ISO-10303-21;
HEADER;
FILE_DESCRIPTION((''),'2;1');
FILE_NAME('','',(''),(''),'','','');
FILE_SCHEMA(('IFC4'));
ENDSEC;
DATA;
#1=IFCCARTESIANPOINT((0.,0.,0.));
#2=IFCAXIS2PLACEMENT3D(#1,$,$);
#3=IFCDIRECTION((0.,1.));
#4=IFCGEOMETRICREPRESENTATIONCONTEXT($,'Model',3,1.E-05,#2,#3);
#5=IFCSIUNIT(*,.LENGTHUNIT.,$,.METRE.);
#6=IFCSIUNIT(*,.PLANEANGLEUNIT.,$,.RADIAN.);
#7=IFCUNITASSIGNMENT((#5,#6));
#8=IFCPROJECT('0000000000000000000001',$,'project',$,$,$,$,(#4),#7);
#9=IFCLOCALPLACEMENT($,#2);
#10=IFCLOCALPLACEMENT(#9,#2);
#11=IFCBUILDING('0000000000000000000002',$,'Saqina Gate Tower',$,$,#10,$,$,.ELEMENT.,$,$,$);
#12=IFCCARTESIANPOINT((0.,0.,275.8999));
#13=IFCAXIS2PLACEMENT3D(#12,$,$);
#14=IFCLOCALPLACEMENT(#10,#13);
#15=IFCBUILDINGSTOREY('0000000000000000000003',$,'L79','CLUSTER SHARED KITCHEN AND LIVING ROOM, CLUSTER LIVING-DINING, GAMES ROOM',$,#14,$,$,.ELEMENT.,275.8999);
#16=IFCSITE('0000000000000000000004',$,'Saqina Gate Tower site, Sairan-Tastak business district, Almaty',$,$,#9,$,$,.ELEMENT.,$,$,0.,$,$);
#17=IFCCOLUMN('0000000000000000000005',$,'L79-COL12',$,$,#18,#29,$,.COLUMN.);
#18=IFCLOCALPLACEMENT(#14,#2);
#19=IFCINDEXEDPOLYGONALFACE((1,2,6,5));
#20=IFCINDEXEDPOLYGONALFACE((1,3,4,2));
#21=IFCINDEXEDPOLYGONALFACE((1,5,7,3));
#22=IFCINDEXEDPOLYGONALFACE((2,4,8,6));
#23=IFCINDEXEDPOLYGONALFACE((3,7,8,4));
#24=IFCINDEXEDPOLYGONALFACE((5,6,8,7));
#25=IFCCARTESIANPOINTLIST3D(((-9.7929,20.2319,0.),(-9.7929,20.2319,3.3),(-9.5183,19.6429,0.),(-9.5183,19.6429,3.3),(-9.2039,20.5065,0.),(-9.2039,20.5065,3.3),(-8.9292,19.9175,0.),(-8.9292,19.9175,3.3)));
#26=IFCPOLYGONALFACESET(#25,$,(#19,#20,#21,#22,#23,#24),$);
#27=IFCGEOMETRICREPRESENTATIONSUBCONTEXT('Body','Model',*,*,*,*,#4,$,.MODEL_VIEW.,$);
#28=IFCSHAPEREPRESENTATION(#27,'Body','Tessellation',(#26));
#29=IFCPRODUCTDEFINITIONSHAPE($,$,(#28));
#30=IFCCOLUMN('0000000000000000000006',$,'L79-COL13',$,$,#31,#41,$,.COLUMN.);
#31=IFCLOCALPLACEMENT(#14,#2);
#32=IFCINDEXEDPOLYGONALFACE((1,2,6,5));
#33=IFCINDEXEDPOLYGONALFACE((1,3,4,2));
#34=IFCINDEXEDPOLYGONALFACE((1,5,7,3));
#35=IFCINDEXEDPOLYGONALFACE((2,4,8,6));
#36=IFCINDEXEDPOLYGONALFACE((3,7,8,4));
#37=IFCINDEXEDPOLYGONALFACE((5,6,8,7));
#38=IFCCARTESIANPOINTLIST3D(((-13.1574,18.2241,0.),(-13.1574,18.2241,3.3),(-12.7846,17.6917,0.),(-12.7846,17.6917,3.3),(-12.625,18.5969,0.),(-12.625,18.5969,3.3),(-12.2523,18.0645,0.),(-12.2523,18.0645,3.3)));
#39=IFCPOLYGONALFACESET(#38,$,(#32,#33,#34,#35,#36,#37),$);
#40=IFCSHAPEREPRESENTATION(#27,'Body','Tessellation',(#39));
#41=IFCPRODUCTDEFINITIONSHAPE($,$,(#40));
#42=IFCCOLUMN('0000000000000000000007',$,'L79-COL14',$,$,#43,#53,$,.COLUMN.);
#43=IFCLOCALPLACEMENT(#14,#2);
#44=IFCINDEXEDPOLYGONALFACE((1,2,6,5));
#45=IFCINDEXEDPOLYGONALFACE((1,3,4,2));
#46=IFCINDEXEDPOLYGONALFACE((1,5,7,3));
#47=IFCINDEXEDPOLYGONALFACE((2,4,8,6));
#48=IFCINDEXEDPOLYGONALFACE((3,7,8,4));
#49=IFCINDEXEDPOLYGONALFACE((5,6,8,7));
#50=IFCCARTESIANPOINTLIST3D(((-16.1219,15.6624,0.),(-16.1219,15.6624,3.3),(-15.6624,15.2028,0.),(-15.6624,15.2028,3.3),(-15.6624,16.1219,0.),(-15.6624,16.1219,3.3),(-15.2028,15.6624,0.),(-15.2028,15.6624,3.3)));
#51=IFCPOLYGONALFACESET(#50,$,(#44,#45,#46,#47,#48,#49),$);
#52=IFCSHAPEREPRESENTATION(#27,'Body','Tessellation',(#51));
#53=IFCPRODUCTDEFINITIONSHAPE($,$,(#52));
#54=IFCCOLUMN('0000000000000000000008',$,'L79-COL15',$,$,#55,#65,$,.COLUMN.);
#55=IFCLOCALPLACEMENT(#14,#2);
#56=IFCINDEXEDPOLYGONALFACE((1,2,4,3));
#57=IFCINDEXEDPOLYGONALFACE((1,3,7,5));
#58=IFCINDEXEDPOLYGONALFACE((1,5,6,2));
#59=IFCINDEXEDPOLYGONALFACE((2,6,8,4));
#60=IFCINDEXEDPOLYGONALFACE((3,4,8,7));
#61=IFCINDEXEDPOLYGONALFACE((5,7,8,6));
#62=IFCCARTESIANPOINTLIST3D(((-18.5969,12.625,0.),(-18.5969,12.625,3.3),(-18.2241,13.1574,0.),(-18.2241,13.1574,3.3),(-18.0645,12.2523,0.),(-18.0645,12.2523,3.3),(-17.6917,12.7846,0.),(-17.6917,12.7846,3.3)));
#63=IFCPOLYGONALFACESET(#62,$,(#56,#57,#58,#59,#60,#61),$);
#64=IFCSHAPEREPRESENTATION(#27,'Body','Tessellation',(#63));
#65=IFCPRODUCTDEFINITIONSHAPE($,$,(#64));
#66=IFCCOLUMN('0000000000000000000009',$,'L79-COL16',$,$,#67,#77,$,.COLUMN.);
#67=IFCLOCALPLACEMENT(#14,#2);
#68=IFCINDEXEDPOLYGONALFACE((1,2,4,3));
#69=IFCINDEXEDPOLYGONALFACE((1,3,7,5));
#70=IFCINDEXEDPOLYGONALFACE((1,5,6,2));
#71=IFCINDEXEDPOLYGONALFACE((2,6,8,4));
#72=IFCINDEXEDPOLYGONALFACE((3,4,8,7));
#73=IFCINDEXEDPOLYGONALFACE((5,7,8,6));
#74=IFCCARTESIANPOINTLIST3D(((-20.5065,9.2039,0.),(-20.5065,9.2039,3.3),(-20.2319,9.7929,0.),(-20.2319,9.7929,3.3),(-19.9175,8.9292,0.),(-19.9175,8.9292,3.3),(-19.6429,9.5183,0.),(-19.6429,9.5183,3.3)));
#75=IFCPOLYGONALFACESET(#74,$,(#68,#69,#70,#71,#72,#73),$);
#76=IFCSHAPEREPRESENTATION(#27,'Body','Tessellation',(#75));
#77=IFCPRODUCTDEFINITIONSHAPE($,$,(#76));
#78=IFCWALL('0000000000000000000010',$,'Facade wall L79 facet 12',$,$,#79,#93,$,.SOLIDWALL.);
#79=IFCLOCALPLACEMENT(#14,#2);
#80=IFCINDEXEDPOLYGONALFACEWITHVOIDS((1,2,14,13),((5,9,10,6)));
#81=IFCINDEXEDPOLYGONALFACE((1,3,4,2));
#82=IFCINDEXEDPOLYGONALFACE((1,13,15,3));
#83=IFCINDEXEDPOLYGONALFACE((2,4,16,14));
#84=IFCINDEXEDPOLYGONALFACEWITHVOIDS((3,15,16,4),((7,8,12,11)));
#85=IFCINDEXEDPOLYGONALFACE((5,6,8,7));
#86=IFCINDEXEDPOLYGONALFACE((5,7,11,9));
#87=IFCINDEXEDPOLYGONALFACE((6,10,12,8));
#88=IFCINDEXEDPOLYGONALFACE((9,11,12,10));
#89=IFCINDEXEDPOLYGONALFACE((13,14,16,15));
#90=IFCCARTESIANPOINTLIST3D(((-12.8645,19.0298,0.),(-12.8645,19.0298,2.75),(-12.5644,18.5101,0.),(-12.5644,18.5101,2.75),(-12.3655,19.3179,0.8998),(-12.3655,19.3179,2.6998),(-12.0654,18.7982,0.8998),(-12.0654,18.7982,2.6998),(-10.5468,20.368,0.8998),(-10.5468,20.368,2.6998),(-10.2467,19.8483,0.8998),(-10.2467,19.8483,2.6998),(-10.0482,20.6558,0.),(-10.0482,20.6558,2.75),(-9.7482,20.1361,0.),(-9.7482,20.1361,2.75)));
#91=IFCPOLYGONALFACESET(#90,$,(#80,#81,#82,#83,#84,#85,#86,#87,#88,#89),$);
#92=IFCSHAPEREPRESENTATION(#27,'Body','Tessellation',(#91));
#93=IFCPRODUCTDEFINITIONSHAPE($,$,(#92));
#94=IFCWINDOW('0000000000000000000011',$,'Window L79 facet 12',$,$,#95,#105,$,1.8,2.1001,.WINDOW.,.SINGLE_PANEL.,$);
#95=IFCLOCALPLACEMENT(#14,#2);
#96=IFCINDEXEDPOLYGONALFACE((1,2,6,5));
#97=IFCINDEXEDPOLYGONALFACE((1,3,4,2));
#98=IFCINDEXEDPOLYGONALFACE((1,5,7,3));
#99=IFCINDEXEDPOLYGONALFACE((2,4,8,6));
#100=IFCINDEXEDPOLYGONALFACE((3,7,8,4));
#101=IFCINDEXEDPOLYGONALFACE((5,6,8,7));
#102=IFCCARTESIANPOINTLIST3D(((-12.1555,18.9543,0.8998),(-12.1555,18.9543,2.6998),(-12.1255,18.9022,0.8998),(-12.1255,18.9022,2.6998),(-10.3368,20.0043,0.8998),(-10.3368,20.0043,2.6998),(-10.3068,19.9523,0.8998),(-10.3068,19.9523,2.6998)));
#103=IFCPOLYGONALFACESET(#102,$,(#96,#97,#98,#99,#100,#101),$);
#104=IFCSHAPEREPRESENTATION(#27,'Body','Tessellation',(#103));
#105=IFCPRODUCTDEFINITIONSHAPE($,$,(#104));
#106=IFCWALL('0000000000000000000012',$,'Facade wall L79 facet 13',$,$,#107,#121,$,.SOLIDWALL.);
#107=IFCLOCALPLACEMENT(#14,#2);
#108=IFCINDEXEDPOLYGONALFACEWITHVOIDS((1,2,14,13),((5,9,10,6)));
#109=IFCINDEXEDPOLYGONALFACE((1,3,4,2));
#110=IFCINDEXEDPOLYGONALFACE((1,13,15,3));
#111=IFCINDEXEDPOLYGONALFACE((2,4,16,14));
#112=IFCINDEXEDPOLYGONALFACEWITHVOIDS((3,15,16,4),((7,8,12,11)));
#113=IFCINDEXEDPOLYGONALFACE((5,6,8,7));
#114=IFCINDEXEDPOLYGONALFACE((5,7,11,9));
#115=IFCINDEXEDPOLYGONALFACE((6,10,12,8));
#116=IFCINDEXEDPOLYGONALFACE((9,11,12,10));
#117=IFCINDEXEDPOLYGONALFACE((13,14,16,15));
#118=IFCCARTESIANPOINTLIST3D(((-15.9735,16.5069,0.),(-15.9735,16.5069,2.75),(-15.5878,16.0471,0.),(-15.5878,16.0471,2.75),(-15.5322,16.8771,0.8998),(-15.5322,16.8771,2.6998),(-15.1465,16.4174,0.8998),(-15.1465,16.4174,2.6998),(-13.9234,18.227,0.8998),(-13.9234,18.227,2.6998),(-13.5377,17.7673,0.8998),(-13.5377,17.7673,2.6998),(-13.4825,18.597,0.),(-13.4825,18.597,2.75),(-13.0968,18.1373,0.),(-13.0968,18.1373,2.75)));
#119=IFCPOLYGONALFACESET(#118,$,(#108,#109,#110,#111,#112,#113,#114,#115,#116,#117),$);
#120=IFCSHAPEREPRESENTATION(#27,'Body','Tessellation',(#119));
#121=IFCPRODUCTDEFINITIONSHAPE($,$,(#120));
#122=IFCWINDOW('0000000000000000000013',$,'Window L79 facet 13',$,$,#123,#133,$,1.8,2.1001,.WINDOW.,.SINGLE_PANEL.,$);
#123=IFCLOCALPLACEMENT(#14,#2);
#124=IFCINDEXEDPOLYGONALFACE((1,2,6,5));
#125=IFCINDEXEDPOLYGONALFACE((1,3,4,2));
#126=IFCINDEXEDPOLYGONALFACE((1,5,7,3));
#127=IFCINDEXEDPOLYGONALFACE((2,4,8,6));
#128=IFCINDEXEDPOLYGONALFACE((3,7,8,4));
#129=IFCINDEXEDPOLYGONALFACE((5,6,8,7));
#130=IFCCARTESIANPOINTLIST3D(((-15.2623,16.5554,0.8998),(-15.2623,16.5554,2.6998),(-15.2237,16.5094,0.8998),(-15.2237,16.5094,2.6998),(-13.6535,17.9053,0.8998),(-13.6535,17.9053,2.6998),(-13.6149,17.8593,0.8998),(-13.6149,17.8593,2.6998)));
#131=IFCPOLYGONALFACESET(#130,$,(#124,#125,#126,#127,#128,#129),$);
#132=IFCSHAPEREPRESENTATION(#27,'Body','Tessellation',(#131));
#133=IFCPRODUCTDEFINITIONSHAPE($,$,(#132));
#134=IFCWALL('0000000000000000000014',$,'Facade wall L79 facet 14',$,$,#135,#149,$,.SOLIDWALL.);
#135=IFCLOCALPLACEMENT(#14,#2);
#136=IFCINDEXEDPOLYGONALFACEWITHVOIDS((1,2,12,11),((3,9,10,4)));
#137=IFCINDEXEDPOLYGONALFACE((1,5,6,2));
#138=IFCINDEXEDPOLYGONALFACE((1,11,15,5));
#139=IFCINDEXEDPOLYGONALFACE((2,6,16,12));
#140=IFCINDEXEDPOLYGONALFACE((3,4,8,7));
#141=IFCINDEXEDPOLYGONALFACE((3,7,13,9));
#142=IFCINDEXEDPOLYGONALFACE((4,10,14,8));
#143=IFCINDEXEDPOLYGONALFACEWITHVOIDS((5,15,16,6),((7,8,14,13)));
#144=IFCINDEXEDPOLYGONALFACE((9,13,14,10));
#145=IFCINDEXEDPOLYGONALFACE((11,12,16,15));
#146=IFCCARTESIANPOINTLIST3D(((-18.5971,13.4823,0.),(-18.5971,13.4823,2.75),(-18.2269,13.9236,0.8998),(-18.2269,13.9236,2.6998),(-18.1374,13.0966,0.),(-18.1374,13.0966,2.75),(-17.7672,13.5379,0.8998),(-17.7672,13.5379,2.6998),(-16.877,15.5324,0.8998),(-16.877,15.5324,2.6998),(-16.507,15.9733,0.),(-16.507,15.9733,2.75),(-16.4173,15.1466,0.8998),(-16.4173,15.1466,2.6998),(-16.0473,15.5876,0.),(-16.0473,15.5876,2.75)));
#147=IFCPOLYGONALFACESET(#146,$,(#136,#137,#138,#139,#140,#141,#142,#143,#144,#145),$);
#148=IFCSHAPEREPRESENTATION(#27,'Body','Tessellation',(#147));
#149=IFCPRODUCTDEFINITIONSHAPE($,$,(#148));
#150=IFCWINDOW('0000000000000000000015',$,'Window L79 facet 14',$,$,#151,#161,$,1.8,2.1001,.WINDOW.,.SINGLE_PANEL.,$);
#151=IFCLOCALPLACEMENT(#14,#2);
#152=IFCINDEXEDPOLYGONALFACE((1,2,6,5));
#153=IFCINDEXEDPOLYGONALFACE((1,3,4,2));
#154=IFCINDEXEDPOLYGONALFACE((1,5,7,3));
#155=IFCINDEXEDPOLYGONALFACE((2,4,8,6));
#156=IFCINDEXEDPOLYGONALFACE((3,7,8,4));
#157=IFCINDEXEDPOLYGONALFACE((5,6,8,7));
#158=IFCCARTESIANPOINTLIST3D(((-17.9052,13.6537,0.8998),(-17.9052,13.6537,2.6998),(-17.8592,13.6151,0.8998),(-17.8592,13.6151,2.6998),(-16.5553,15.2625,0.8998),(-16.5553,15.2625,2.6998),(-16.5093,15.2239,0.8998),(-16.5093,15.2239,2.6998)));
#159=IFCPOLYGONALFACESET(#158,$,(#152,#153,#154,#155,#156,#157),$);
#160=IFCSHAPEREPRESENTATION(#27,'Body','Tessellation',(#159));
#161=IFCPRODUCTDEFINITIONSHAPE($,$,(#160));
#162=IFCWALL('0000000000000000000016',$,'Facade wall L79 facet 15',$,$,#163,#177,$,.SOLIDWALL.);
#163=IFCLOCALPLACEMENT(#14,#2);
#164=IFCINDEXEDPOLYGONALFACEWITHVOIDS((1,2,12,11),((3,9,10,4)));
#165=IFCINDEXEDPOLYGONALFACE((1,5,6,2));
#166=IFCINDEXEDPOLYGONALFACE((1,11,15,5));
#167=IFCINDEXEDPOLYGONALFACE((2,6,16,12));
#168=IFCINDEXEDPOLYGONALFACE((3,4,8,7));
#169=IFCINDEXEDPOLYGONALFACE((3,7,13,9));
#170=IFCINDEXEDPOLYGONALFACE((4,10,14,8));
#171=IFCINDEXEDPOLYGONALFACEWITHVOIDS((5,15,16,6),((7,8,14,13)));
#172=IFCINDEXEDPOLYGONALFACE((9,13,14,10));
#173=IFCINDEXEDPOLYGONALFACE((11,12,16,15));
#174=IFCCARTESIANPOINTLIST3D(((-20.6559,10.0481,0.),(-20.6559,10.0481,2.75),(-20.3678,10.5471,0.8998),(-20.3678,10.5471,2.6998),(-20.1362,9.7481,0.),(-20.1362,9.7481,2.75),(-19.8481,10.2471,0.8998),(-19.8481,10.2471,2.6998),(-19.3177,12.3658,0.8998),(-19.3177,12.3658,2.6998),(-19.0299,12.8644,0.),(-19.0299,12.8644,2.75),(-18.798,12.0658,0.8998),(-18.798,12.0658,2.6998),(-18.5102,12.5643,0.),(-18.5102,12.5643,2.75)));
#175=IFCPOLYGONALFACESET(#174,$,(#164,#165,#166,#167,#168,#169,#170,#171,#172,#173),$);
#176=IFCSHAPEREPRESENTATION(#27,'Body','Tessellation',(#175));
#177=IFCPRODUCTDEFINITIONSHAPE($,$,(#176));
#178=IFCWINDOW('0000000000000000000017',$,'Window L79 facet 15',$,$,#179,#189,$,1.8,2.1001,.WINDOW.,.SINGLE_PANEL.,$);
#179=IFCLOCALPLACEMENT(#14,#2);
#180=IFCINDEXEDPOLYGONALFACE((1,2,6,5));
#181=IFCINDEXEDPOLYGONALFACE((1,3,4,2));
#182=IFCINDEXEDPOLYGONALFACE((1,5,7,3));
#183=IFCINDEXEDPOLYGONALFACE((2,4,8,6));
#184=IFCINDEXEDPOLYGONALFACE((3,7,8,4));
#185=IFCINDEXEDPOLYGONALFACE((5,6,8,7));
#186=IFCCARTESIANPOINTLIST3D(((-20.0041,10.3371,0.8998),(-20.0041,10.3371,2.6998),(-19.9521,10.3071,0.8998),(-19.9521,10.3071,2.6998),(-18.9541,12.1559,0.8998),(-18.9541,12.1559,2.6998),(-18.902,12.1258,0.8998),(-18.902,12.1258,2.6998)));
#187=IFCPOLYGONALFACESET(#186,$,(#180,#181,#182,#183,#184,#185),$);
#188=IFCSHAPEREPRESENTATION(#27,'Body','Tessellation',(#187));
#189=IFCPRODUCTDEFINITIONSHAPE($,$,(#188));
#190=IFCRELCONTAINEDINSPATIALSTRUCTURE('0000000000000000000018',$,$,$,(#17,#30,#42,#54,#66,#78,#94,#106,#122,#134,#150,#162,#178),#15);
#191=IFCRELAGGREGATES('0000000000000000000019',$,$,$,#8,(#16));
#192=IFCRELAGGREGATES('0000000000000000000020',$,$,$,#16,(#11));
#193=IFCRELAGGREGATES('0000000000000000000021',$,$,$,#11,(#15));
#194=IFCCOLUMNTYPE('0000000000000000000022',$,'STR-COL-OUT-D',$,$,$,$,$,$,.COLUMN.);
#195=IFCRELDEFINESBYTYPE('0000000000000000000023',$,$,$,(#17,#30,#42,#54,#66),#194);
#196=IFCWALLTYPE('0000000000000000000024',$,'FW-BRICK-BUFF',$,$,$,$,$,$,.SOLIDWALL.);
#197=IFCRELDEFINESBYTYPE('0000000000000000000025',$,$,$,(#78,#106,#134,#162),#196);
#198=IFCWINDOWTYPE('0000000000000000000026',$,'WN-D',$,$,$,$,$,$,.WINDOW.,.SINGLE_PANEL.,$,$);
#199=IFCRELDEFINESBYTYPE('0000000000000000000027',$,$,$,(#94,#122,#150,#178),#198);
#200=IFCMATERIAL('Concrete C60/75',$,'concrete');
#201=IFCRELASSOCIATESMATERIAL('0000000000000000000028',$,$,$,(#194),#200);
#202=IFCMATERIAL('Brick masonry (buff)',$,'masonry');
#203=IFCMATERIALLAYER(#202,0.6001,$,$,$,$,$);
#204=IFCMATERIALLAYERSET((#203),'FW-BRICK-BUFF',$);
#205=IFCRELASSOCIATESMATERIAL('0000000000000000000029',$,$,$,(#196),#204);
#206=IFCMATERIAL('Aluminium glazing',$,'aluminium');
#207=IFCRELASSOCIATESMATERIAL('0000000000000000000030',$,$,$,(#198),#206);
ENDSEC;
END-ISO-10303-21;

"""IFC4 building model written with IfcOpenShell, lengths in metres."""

from ifc_helpers import new_model, si_unit, direction, frame, frame_2d, origin, origin_2d, place, context, subcontext, project, spatial, rectangle, extrude, material, layer, layer_set, material_profile, profile_set, type_object, element, fill, save


model = new_model("IFC4")

# Units and contexts
model_context = context("Model", 3, precision=1e-05, world=origin(), true_north=direction((0.0, 1.0)))
body_context = subcontext(model_context, "Body", "Model", "MODEL_VIEW")
ifc_project = project(units=[si_unit("LENGTHUNIT", "METRE"), si_unit("PLANEANGLEUNIT", "RADIAN")], contexts=[model_context])

# Site, building, storey
site_placement = place(None, origin())
site = spatial("IfcSite", under=ifc_project, at=site_placement, Name="Saqina Gate Tower site, Sairan-Tastak business district, Almaty", CompositionType="ELEMENT", RefElevation=0.0)
building_placement = place(site_placement, origin())
building = spatial("IfcBuilding", under=site, at=building_placement, Name="Saqina Gate Tower", CompositionType="ELEMENT")
storey_placement = place(building_placement, frame((0.0, 0.0, 275.8999)))
storey = spatial("IfcBuildingStorey", under=building, at=storey_placement, Name="L79", Description="CLUSTER SHARED KITCHEN AND LIVING ROOM, CLUSTER LIVING-DINING, GAMES ROOM", CompositionType="ELEMENT", Elevation=275.8999)

# Columns
ifc_material_1 = material(Name="Concrete C60/75", Category="concrete")
ifc_material_profile = material_profile(ifc_material_1, rectangle(XDim=0.6499, YDim=0.6499, at=origin_2d()), Name="RC 650x650")
ifc_profile_set = profile_set([ifc_material_profile], Name="Concrete C60/75")
column_type = type_object("IfcColumnType", Name="STR-COL-OUT-D", PredefinedType="COLUMN", material=ifc_profile_set)
for number, where, z_axis, x_axis, name in (
    (1, (-9.3611, 20.0747, 0.0), (0.0, 0.0, 1.0), (-0.422618, 0.906308, 0.0), "L79-COL12"),
    (2, (-12.7048, 18.1443, 0.0), (0.0, 0.0, 1.0), (-0.573576, 0.819152, 0.0), "L79-COL13"),
    (3, (-15.6624, 15.6624, 0.0), (0.0, 0.0, 1.0), (-0.707107, 0.707107, 0.0), "L79-COL14"),
    (4, (-18.1443, 12.7048, 0.0), (0.0, 0.0, 1.0), (-0.819152, 0.573576, 0.0), "L79-COL15"),
    (5, (-20.0747, 9.3611, 0.0), (0.0, 0.0, 1.0), (-0.906308, 0.422618, 0.0), "L79-COL16"),
):
    element("IfcColumn", number, at=place(storey_placement, frame(where, z_axis=z_axis, x_axis=x_axis)), inside=storey, type_object=column_type, Name=name, PredefinedType="COLUMN", context=body_context, shape_type="SweptSolid", body=[
        extrude(rectangle(XDim=0.6499, YDim=0.6499, at=origin_2d()), origin(), (0.0, 0.0, 1.0), 3.3),
    ])

# Walls, openings, windows
ifc_material_2 = material(Name="Brick masonry (buff)", Category="masonry")
ifc_layer_1 = layer(ifc_material_2, 0.6001)
ifc_layer_set_1 = layer_set([ifc_layer_1], Name="FW-BRICK-BUFF")
wall_type_1 = type_object("IfcWallType", Name="FW-BRICK-BUFF", PredefinedType="SOLIDWALL", material=ifc_layer_set_1)
wall_1_placement = place(storey_placement, frame((-9.8982, 20.396, 0.0), z_axis=(0.0, 0.0, 1.0), x_axis=(-0.866017, -0.500015, 0.0)))
wall_1 = element("IfcWall", 6, at=wall_1_placement, inside=storey, type_object=wall_type_1, Name="Facade wall L79 facet 12", PredefinedType="SOLIDWALL", context=body_context, shape_type="SweptSolid", body=[
    extrude(rectangle(XDim=3.252, YDim=0.6001, at=frame_2d((1.626, 0.0))), origin(), (0.0, 0.0, 1.0), 2.75),
])
opening_1_placement = place(wall_1_placement, frame((0.5757, 0.0, 0.8999)))
opening_1 = element("IfcOpeningElement", 7, at=opening_1_placement, cuts=wall_1, PredefinedType="OPENING", context=body_context, shape_type="SweptSolid", body=[
    extrude(rectangle(XDim=2.1001, YDim=1.8, at=frame_2d((1.05, 0.8999))), frame((0.0, 0.312, 0.0), z_axis=(0.0, -1.0, 0.0), x_axis=(1.0, 0.0, 0.0)), (0.0, 0.0, 1.0), 0.624),
])
ifc_material_3 = material(Name="Aluminium glazing", Category="aluminium")
window_type = type_object("IfcWindowType", Name="WN-D", PartitioningType="SINGLE_PANEL", PredefinedType="WINDOW", material=ifc_material_3)
window_1_placement = place(opening_1_placement, origin())
window_1 = element("IfcWindow", 8, at=window_1_placement, inside=storey, type_object=window_type, Name="Window L79 facet 12", OverallHeight=1.8, OverallWidth=2.1001, PartitioningType="SINGLE_PANEL", PredefinedType="WINDOW", context=body_context, shape_type="SweptSolid", body=[
    extrude(rectangle(XDim=2.1001, YDim=1.8, at=frame_2d((1.05, 0.8999))), frame((0.0, 0.1799, 0.0), z_axis=(0.0, -1.0, 0.0), x_axis=(1.0, 0.0, 0.0)), (0.0, 0.0, 1.0), 0.0601),
])
fill(opening_1, window_1)
wall_2_placement = place(storey_placement, frame((-13.2896, 18.3672, 0.0), z_axis=(0.0, 0.0, 1.0), x_axis=(-0.766057, -0.642773, 0.0)))
wall_2 = element("IfcWall", 9, at=wall_2_placement, inside=storey, type_object=wall_type_1, Name="Facade wall L79 facet 13", PredefinedType="SOLIDWALL", context=body_context, shape_type="SweptSolid", body=[
    extrude(rectangle(XDim=3.2517, YDim=0.6001, at=frame_2d((1.626, 0.0))), origin(), (0.0, 0.0, 1.0), 2.75),
])
opening_2_placement = place(wall_2_placement, frame((0.5757, 0.0, 0.8999)))
opening_2 = element("IfcOpeningElement", 10, at=opening_2_placement, cuts=wall_2, PredefinedType="OPENING", context=body_context, shape_type="SweptSolid", body=[
    extrude(rectangle(XDim=2.1001, YDim=1.8, at=frame_2d((1.05, 0.8999))), frame((0.0, 0.312, 0.0), z_axis=(0.0, -1.0, 0.0), x_axis=(1.0, 0.0, 0.0)), (0.0, 0.0, 1.0), 0.624),
])
window_2_placement = place(opening_2_placement, origin())
window_2 = element("IfcWindow", 11, at=window_2_placement, inside=storey, type_object=window_type, Name="Window L79 facet 13", OverallHeight=1.8, OverallWidth=2.1001, PartitioningType="SINGLE_PANEL", PredefinedType="WINDOW", context=body_context, shape_type="SweptSolid", body=[
    extrude(rectangle(XDim=2.1001, YDim=1.8, at=frame_2d((1.05, 0.8999))), frame((0.0, 0.1799, 0.0), z_axis=(0.0, -1.0, 0.0), x_axis=(1.0, 0.0, 0.0)), (0.0, 0.0, 1.0), 0.0601),
])
fill(opening_2, window_2)
wall_3_placement = place(storey_placement, frame((-16.2771, 15.7805, 0.0), z_axis=(0.0, 0.0, 1.0), x_axis=(-0.642773, -0.766057, 0.0)))
wall_3 = element("IfcWall", 12, at=wall_3_placement, inside=storey, type_object=wall_type_1, Name="Facade wall L79 facet 14", PredefinedType="SOLIDWALL", context=body_context, shape_type="SweptSolid", body=[
    extrude(rectangle(XDim=3.2517, YDim=0.6001, at=frame_2d((1.626, 0.0))), origin(), (0.0, 0.0, 1.0), 2.75),
])
opening_3_placement = place(wall_3_placement, frame((0.5757, 0.0, 0.8999)))
opening_3 = element("IfcOpeningElement", 13, at=opening_3_placement, cuts=wall_3, PredefinedType="OPENING", context=body_context, shape_type="SweptSolid", body=[
    extrude(rectangle(XDim=2.1001, YDim=1.8, at=frame_2d((1.05, 0.8999))), frame((0.0, 0.312, 0.0), z_axis=(0.0, -1.0, 0.0), x_axis=(1.0, 0.0, 0.0)), (0.0, 0.0, 1.0), 0.624),
])
window_3_placement = place(opening_3_placement, origin())
window_3 = element("IfcWindow", 14, at=window_3_placement, inside=storey, type_object=window_type, Name="Window L79 facet 14", OverallHeight=1.8, OverallWidth=2.1001, PartitioningType="SINGLE_PANEL", PredefinedType="WINDOW", context=body_context, shape_type="SweptSolid", body=[
    extrude(rectangle(XDim=2.1001, YDim=1.8, at=frame_2d((1.05, 0.8999))), frame((0.0, 0.1799, 0.0), z_axis=(0.0, -1.0, 0.0), x_axis=(1.0, 0.0, 0.0)), (0.0, 0.0, 1.0), 0.0601),
])
fill(opening_3, window_3)
wall_4_placement = place(storey_placement, frame((-18.77, 12.7144, 0.0), z_axis=(0.0, 0.0, 1.0), x_axis=(-0.500015, -0.866017, 0.0)))
wall_4 = element("IfcWall", 15, at=wall_4_placement, inside=storey, type_object=wall_type_1, Name="Facade wall L79 facet 15", PredefinedType="SOLIDWALL", context=body_context, shape_type="SweptSolid", body=[
    extrude(rectangle(XDim=3.252, YDim=0.6001, at=frame_2d((1.626, 0.0))), origin(), (0.0, 0.0, 1.0), 2.75),
])
opening_4_placement = place(wall_4_placement, frame((0.5757, 0.0, 0.8999)))
opening_4 = element("IfcOpeningElement", 16, at=opening_4_placement, cuts=wall_4, PredefinedType="OPENING", context=body_context, shape_type="SweptSolid", body=[
    extrude(rectangle(XDim=2.1001, YDim=1.8, at=frame_2d((1.05, 0.8999))), frame((0.0, 0.312, 0.0), z_axis=(0.0, -1.0, 0.0), x_axis=(1.0, 0.0, 0.0)), (0.0, 0.0, 1.0), 0.624),
])
window_4_placement = place(opening_4_placement, origin())
window_4 = element("IfcWindow", 17, at=window_4_placement, inside=storey, type_object=window_type, Name="Window L79 facet 15", OverallHeight=1.8, OverallWidth=2.1001, PartitioningType="SINGLE_PANEL", PredefinedType="WINDOW", context=body_context, shape_type="SweptSolid", body=[
    extrude(rectangle(XDim=2.1001, YDim=1.8, at=frame_2d((1.05, 0.8999))), frame((0.0, 0.1799, 0.0), z_axis=(0.0, -1.0, 0.0), x_axis=(1.0, 0.0, 0.0)), (0.0, 0.0, 1.0), 0.0601),
])
fill(opening_4, window_4)

save(model, "model.ifc")
